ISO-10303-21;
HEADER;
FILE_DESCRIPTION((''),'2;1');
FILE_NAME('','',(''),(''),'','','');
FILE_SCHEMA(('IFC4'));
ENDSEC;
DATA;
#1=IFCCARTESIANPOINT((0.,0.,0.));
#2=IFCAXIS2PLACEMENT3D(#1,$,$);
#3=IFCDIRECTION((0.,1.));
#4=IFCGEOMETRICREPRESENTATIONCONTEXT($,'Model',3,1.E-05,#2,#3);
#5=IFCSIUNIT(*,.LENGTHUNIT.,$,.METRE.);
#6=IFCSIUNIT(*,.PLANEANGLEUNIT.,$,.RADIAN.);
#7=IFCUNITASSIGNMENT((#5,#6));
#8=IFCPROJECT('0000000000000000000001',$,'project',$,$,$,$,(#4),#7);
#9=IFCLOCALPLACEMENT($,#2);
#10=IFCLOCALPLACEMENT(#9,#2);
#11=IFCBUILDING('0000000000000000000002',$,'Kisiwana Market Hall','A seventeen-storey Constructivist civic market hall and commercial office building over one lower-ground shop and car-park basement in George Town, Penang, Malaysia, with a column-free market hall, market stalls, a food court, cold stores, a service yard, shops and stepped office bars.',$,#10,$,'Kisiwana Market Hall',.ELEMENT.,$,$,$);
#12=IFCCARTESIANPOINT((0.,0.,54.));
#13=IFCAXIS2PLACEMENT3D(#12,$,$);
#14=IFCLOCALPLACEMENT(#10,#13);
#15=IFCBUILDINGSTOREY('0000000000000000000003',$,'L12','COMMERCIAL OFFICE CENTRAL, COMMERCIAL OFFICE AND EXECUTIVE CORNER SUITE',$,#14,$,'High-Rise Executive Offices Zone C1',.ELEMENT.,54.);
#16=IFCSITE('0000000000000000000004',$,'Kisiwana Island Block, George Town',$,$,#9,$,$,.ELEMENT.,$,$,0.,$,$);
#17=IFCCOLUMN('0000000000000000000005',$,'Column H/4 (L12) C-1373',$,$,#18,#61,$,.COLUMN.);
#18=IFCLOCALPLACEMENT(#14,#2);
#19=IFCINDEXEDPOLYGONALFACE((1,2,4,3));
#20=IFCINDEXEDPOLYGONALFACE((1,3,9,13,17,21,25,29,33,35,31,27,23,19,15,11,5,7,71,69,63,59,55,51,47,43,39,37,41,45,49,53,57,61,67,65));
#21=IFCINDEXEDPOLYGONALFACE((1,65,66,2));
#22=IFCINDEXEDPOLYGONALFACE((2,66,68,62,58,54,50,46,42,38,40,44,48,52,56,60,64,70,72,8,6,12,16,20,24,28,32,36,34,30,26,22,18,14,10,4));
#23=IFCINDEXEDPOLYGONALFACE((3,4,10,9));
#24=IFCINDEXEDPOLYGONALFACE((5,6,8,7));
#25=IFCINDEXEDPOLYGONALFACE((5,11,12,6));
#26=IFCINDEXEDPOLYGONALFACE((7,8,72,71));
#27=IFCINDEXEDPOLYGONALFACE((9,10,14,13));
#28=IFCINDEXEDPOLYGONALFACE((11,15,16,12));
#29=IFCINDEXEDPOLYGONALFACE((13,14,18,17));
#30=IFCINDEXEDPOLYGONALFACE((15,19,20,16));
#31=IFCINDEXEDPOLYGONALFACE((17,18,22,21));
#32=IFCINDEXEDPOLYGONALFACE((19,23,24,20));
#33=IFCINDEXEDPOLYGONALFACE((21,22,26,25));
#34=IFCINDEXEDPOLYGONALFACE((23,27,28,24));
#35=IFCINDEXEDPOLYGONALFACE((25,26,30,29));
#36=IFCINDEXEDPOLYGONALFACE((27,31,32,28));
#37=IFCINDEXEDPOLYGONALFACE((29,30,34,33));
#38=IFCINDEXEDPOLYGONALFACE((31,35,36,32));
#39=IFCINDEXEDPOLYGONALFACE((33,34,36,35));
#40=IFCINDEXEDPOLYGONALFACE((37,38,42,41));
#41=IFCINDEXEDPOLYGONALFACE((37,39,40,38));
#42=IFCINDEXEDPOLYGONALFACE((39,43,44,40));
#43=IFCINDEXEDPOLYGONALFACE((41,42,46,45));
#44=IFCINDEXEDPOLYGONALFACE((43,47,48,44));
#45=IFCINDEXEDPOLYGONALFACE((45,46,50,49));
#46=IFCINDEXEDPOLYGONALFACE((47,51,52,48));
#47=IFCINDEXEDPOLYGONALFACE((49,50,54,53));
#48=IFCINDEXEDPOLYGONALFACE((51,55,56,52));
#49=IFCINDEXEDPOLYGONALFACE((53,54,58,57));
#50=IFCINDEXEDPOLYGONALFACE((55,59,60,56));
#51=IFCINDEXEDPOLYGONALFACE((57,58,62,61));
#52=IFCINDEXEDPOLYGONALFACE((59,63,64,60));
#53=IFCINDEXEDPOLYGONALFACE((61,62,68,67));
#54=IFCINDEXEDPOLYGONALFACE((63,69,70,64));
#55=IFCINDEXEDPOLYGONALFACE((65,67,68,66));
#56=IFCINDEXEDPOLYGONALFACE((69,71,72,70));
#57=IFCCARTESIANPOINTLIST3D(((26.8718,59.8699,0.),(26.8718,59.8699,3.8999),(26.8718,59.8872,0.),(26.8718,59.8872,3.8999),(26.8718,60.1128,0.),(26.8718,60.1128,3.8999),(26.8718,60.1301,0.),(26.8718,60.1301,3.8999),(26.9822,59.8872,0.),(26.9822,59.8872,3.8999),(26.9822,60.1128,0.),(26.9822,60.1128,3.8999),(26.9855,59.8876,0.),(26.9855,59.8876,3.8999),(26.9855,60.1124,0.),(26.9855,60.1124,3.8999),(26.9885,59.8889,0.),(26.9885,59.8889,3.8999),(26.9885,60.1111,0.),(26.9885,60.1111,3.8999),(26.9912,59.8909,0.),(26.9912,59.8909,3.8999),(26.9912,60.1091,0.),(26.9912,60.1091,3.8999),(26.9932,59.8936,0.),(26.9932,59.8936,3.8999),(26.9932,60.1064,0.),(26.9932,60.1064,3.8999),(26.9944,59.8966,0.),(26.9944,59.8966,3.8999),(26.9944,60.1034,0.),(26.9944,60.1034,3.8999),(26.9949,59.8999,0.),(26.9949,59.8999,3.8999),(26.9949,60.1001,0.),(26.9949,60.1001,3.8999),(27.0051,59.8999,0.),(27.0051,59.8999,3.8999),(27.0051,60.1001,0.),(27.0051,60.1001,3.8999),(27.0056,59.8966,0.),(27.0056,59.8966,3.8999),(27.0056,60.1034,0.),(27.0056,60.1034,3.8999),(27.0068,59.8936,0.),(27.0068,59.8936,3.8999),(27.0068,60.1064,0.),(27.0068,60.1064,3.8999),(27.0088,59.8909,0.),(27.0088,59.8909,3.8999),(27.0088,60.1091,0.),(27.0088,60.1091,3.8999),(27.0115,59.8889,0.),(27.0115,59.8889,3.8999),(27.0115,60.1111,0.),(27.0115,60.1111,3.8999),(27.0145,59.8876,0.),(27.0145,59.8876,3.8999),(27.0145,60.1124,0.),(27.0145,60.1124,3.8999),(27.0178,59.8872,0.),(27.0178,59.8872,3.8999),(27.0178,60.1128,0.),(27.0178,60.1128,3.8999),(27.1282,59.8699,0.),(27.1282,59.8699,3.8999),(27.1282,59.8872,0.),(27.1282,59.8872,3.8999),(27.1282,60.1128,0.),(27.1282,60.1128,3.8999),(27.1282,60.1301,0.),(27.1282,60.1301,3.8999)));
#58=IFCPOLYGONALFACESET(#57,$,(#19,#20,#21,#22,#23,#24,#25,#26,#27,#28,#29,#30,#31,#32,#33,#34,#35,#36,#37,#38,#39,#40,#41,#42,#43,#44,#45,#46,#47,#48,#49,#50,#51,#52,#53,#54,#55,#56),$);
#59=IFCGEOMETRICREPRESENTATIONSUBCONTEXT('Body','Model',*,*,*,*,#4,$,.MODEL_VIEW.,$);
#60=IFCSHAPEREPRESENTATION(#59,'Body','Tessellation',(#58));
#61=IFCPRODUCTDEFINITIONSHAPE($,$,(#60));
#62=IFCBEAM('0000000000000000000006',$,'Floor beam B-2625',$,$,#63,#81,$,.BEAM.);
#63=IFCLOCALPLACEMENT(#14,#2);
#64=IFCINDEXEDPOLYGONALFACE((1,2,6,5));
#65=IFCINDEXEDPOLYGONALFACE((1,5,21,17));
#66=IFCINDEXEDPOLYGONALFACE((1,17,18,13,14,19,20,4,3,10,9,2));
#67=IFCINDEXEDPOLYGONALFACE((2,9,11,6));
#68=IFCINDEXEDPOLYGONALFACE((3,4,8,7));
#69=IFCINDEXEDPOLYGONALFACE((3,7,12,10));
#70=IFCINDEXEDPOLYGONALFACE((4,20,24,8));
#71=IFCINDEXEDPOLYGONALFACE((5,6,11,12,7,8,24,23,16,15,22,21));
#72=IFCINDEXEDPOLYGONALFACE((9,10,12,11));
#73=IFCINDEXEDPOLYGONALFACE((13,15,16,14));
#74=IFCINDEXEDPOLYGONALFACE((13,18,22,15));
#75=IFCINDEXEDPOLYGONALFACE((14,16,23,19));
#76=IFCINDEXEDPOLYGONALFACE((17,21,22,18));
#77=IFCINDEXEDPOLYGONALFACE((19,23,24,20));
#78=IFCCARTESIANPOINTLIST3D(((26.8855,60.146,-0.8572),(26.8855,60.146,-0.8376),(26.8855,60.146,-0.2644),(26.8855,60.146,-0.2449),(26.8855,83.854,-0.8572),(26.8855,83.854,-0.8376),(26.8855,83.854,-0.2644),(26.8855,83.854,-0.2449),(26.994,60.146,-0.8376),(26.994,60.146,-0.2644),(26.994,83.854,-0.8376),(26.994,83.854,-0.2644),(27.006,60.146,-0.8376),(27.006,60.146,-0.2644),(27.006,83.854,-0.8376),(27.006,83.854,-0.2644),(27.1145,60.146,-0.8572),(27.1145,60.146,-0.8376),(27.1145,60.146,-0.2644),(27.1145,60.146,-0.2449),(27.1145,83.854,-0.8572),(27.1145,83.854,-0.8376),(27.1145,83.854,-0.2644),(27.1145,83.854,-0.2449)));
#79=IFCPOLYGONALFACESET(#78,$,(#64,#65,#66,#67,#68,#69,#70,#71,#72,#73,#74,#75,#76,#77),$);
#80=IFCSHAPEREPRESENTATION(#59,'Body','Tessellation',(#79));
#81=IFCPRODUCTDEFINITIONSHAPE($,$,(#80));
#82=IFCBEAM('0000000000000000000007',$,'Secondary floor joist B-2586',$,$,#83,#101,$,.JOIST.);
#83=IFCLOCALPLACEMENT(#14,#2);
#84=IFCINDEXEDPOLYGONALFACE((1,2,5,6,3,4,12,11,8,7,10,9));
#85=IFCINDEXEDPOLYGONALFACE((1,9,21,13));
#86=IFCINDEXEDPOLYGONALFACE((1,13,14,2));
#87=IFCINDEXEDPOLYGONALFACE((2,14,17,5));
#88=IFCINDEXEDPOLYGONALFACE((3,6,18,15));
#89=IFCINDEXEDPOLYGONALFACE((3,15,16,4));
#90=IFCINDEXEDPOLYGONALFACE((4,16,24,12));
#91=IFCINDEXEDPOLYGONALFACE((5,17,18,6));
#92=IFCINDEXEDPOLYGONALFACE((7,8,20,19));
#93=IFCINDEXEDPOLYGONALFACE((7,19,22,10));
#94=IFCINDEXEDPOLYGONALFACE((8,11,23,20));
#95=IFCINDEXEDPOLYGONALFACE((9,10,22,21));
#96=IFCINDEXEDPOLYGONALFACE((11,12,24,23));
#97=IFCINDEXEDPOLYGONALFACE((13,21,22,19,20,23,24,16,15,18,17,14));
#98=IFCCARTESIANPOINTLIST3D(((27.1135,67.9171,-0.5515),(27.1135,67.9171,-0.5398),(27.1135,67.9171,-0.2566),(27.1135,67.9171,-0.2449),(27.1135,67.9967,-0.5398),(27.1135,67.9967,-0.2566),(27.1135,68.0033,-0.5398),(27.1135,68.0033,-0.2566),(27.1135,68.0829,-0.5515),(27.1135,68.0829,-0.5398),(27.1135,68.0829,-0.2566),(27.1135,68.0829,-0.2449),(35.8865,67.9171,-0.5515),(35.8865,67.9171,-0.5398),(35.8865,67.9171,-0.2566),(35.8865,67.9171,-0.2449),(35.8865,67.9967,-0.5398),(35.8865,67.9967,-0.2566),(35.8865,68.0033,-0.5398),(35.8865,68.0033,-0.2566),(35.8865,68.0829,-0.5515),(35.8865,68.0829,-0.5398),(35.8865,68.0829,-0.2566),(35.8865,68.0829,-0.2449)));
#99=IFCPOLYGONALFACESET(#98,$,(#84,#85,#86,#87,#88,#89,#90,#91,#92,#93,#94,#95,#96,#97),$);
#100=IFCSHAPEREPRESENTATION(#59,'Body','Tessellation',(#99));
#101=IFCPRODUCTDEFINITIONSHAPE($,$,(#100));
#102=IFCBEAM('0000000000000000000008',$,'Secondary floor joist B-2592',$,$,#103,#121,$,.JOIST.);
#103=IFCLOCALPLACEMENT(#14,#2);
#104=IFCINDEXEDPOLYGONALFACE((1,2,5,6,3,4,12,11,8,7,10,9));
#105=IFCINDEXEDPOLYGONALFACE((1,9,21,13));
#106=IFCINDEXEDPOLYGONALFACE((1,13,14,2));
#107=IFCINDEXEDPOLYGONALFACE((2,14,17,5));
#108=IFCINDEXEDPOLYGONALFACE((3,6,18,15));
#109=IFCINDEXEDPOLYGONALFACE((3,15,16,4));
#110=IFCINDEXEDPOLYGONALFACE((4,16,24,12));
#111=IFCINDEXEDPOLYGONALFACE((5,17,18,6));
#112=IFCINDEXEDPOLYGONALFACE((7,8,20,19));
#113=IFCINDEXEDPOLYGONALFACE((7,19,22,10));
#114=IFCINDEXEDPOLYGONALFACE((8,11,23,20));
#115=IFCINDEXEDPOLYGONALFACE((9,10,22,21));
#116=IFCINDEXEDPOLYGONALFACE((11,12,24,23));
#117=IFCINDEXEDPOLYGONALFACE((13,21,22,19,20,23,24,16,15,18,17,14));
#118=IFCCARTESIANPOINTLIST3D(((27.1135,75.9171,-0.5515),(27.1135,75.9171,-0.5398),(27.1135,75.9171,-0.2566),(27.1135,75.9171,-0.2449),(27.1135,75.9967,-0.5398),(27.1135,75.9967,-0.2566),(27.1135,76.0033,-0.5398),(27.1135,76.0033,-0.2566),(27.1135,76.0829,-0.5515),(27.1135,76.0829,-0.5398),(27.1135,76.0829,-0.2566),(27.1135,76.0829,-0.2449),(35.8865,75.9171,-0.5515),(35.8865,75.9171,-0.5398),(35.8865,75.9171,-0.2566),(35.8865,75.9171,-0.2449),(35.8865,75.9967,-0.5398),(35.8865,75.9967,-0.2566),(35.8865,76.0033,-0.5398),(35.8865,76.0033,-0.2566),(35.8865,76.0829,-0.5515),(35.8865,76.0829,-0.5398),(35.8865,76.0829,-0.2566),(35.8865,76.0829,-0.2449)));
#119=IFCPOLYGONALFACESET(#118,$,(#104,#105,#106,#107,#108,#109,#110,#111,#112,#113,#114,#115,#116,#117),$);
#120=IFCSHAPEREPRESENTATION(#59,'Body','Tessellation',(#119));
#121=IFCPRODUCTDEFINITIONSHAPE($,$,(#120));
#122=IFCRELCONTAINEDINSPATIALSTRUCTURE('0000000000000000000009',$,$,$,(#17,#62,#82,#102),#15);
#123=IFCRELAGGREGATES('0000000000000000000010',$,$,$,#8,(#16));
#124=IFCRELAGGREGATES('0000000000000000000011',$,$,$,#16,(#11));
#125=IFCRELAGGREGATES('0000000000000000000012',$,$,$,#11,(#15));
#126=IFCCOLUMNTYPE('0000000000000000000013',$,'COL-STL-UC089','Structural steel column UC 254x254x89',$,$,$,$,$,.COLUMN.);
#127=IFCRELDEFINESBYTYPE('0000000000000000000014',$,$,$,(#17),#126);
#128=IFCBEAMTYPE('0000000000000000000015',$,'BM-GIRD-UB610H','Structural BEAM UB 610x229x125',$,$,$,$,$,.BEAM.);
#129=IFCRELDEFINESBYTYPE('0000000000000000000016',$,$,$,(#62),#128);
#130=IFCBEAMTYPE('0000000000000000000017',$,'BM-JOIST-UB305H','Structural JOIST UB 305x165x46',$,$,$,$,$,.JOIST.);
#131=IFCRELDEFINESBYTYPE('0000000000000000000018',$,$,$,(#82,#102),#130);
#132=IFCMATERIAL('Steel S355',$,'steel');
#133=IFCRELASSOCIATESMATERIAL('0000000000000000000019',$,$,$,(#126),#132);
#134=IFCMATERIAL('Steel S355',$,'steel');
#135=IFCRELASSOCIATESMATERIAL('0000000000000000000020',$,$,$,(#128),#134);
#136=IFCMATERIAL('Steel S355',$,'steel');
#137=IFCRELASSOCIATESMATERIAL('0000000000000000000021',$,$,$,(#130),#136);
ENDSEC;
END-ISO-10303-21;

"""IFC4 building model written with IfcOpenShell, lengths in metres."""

from ifc_helpers import new_model, si_unit, direction, frame, origin, origin_2d, place, context, subcontext, project, spatial, i_section, extrude, material, material_profile, profile_set, type_object, element, save


model = new_model("IFC4")

# Units and contexts
model_context = context("Model", 3, precision=1e-05, world=origin(), true_north=direction((0.0, 1.0)))
body_context = subcontext(model_context, "Body", "Model", "MODEL_VIEW")
ifc_project = project(units=[si_unit("LENGTHUNIT", "METRE"), si_unit("PLANEANGLEUNIT", "RADIAN")], contexts=[model_context])

# Site, building, storey
site_placement = place(None, origin())
site = spatial("IfcSite", under=ifc_project, at=site_placement, Name="Kisiwana Island Block, George Town", CompositionType="ELEMENT", RefElevation=0.0)
building_placement = place(site_placement, origin())
building = spatial("IfcBuilding", under=site, at=building_placement, Name="Kisiwana Market Hall", Description="A seventeen-storey Constructivist civic market hall and commercial office building over one lower-ground shop and car-park basement in George Town, Penang, Malaysia, with a column-free market hall, market stalls, a food court, cold stores, a service yard, shops and stepped office bars.", LongName="Kisiwana Market Hall", CompositionType="ELEMENT")
storey_placement = place(building_placement, frame((0.0, 0.0, 54.0)))
storey = spatial("IfcBuildingStorey", under=building, at=storey_placement, Name="L12", Description="COMMERCIAL OFFICE CENTRAL, COMMERCIAL OFFICE AND EXECUTIVE CORNER SUITE", LongName="High-Rise Executive Offices Zone C1", CompositionType="ELEMENT", Elevation=54.0)

# Column
ifc_material_1 = material(Name="Steel S355", Category="steel")
ifc_material_profile_1 = material_profile(ifc_material_1, i_section(OverallWidth=0.2563, OverallDepth=0.2603, WebThickness=0.0103, FlangeThickness=0.0173, FilletRadius=0.0127, at=origin_2d()), Name="UC 254x254x89")
ifc_profile_set_1 = profile_set([ifc_material_profile_1], Name="Steel S355")
column_type = type_object("IfcColumnType", Name="COL-STL-UC089", Description="Structural steel column UC 254x254x89", PredefinedType="COLUMN", material=ifc_profile_set_1)
column_placement = place(storey_placement, frame((27.0, 60.0, 0.0), z_axis=(0.0, 0.0, 1.0), x_axis=(1.0, 0.0, 0.0)))
element("IfcColumn", 1, at=column_placement, inside=storey, type_object=column_type, Name="Column H/4 (L12) C-1373", PredefinedType="COLUMN", context=body_context, shape_type="SweptSolid", body=[
    extrude(i_section(OverallWidth=0.2563, OverallDepth=0.2603, WebThickness=0.0103, FlangeThickness=0.0173, FilletRadius=0.0127, at=origin_2d()), origin(), (0.0, 0.0, 1.0), 3.8999),
])

# Beams
ifc_material_2 = material(Name="Steel S355", Category="steel")
ifc_material_profile_2 = material_profile(ifc_material_2, i_section(OverallWidth=0.229, OverallDepth=0.6123, WebThickness=0.012, FlangeThickness=0.0195, at=origin_2d()), Name="UB 610x229x125")
ifc_profile_set_2 = profile_set([ifc_material_profile_2], Name="Steel S355")
beam_type_1 = type_object("IfcBeamType", Name="BM-GIRD-UB610H", Description="Structural BEAM UB 610x229x125", PredefinedType="BEAM", material=ifc_profile_set_2)
beam_placement = place(storey_placement, frame((27.0, 60.146, -0.551), z_axis=(0.0, 1.0, 0.0), x_axis=(-1.0, 0.0, 0.0)))
element("IfcBeam", 2, at=beam_placement, inside=storey, type_object=beam_type_1, Name="Floor beam B-2625", PredefinedType="BEAM", context=body_context, shape_type="SweptSolid", body=[
    extrude(i_section(OverallWidth=0.229, OverallDepth=0.6123, WebThickness=0.012, FlangeThickness=0.0195, at=origin_2d()), origin(), (0.0, 0.0, 1.0), 23.708),
])
ifc_material_3 = material(Name="Steel S355", Category="steel")
ifc_material_profile_3 = material_profile(ifc_material_3, i_section(OverallWidth=0.1658, OverallDepth=0.3066, WebThickness=0.0066, FlangeThickness=0.0117, at=origin_2d()), Name="UB 305x165x46")
ifc_profile_set_3 = profile_set([ifc_material_profile_3], Name="Steel S355")
beam_type_2 = type_object("IfcBeamType", Name="BM-JOIST-UB305H", Description="Structural JOIST UB 305x165x46", PredefinedType="JOIST", material=ifc_profile_set_3)
for number, where, z_axis, x_axis, name in (
    (3, (27.1135, 68.0, -0.3982), (1.0, 0.0, 0.0), (0.0, 1.0, 0.0), "Secondary floor joist B-2586"),
    (4, (27.1135, 76.0, -0.3982), (1.0, 0.0, 0.0), (0.0, 1.0, 0.0), "Secondary floor joist B-2592"),
):
    element("IfcBeam", number, at=place(storey_placement, frame(where, z_axis=z_axis, x_axis=x_axis)), inside=storey, type_object=beam_type_2, Name=name, PredefinedType="JOIST", context=body_context, shape_type="SweptSolid", body=[
        extrude(i_section(OverallWidth=0.1658, OverallDepth=0.3066, WebThickness=0.0066, FlangeThickness=0.0117, at=origin_2d()), origin(), (0.0, 0.0, 1.0), 8.7729),
    ])

save(model, "model.ifc")
